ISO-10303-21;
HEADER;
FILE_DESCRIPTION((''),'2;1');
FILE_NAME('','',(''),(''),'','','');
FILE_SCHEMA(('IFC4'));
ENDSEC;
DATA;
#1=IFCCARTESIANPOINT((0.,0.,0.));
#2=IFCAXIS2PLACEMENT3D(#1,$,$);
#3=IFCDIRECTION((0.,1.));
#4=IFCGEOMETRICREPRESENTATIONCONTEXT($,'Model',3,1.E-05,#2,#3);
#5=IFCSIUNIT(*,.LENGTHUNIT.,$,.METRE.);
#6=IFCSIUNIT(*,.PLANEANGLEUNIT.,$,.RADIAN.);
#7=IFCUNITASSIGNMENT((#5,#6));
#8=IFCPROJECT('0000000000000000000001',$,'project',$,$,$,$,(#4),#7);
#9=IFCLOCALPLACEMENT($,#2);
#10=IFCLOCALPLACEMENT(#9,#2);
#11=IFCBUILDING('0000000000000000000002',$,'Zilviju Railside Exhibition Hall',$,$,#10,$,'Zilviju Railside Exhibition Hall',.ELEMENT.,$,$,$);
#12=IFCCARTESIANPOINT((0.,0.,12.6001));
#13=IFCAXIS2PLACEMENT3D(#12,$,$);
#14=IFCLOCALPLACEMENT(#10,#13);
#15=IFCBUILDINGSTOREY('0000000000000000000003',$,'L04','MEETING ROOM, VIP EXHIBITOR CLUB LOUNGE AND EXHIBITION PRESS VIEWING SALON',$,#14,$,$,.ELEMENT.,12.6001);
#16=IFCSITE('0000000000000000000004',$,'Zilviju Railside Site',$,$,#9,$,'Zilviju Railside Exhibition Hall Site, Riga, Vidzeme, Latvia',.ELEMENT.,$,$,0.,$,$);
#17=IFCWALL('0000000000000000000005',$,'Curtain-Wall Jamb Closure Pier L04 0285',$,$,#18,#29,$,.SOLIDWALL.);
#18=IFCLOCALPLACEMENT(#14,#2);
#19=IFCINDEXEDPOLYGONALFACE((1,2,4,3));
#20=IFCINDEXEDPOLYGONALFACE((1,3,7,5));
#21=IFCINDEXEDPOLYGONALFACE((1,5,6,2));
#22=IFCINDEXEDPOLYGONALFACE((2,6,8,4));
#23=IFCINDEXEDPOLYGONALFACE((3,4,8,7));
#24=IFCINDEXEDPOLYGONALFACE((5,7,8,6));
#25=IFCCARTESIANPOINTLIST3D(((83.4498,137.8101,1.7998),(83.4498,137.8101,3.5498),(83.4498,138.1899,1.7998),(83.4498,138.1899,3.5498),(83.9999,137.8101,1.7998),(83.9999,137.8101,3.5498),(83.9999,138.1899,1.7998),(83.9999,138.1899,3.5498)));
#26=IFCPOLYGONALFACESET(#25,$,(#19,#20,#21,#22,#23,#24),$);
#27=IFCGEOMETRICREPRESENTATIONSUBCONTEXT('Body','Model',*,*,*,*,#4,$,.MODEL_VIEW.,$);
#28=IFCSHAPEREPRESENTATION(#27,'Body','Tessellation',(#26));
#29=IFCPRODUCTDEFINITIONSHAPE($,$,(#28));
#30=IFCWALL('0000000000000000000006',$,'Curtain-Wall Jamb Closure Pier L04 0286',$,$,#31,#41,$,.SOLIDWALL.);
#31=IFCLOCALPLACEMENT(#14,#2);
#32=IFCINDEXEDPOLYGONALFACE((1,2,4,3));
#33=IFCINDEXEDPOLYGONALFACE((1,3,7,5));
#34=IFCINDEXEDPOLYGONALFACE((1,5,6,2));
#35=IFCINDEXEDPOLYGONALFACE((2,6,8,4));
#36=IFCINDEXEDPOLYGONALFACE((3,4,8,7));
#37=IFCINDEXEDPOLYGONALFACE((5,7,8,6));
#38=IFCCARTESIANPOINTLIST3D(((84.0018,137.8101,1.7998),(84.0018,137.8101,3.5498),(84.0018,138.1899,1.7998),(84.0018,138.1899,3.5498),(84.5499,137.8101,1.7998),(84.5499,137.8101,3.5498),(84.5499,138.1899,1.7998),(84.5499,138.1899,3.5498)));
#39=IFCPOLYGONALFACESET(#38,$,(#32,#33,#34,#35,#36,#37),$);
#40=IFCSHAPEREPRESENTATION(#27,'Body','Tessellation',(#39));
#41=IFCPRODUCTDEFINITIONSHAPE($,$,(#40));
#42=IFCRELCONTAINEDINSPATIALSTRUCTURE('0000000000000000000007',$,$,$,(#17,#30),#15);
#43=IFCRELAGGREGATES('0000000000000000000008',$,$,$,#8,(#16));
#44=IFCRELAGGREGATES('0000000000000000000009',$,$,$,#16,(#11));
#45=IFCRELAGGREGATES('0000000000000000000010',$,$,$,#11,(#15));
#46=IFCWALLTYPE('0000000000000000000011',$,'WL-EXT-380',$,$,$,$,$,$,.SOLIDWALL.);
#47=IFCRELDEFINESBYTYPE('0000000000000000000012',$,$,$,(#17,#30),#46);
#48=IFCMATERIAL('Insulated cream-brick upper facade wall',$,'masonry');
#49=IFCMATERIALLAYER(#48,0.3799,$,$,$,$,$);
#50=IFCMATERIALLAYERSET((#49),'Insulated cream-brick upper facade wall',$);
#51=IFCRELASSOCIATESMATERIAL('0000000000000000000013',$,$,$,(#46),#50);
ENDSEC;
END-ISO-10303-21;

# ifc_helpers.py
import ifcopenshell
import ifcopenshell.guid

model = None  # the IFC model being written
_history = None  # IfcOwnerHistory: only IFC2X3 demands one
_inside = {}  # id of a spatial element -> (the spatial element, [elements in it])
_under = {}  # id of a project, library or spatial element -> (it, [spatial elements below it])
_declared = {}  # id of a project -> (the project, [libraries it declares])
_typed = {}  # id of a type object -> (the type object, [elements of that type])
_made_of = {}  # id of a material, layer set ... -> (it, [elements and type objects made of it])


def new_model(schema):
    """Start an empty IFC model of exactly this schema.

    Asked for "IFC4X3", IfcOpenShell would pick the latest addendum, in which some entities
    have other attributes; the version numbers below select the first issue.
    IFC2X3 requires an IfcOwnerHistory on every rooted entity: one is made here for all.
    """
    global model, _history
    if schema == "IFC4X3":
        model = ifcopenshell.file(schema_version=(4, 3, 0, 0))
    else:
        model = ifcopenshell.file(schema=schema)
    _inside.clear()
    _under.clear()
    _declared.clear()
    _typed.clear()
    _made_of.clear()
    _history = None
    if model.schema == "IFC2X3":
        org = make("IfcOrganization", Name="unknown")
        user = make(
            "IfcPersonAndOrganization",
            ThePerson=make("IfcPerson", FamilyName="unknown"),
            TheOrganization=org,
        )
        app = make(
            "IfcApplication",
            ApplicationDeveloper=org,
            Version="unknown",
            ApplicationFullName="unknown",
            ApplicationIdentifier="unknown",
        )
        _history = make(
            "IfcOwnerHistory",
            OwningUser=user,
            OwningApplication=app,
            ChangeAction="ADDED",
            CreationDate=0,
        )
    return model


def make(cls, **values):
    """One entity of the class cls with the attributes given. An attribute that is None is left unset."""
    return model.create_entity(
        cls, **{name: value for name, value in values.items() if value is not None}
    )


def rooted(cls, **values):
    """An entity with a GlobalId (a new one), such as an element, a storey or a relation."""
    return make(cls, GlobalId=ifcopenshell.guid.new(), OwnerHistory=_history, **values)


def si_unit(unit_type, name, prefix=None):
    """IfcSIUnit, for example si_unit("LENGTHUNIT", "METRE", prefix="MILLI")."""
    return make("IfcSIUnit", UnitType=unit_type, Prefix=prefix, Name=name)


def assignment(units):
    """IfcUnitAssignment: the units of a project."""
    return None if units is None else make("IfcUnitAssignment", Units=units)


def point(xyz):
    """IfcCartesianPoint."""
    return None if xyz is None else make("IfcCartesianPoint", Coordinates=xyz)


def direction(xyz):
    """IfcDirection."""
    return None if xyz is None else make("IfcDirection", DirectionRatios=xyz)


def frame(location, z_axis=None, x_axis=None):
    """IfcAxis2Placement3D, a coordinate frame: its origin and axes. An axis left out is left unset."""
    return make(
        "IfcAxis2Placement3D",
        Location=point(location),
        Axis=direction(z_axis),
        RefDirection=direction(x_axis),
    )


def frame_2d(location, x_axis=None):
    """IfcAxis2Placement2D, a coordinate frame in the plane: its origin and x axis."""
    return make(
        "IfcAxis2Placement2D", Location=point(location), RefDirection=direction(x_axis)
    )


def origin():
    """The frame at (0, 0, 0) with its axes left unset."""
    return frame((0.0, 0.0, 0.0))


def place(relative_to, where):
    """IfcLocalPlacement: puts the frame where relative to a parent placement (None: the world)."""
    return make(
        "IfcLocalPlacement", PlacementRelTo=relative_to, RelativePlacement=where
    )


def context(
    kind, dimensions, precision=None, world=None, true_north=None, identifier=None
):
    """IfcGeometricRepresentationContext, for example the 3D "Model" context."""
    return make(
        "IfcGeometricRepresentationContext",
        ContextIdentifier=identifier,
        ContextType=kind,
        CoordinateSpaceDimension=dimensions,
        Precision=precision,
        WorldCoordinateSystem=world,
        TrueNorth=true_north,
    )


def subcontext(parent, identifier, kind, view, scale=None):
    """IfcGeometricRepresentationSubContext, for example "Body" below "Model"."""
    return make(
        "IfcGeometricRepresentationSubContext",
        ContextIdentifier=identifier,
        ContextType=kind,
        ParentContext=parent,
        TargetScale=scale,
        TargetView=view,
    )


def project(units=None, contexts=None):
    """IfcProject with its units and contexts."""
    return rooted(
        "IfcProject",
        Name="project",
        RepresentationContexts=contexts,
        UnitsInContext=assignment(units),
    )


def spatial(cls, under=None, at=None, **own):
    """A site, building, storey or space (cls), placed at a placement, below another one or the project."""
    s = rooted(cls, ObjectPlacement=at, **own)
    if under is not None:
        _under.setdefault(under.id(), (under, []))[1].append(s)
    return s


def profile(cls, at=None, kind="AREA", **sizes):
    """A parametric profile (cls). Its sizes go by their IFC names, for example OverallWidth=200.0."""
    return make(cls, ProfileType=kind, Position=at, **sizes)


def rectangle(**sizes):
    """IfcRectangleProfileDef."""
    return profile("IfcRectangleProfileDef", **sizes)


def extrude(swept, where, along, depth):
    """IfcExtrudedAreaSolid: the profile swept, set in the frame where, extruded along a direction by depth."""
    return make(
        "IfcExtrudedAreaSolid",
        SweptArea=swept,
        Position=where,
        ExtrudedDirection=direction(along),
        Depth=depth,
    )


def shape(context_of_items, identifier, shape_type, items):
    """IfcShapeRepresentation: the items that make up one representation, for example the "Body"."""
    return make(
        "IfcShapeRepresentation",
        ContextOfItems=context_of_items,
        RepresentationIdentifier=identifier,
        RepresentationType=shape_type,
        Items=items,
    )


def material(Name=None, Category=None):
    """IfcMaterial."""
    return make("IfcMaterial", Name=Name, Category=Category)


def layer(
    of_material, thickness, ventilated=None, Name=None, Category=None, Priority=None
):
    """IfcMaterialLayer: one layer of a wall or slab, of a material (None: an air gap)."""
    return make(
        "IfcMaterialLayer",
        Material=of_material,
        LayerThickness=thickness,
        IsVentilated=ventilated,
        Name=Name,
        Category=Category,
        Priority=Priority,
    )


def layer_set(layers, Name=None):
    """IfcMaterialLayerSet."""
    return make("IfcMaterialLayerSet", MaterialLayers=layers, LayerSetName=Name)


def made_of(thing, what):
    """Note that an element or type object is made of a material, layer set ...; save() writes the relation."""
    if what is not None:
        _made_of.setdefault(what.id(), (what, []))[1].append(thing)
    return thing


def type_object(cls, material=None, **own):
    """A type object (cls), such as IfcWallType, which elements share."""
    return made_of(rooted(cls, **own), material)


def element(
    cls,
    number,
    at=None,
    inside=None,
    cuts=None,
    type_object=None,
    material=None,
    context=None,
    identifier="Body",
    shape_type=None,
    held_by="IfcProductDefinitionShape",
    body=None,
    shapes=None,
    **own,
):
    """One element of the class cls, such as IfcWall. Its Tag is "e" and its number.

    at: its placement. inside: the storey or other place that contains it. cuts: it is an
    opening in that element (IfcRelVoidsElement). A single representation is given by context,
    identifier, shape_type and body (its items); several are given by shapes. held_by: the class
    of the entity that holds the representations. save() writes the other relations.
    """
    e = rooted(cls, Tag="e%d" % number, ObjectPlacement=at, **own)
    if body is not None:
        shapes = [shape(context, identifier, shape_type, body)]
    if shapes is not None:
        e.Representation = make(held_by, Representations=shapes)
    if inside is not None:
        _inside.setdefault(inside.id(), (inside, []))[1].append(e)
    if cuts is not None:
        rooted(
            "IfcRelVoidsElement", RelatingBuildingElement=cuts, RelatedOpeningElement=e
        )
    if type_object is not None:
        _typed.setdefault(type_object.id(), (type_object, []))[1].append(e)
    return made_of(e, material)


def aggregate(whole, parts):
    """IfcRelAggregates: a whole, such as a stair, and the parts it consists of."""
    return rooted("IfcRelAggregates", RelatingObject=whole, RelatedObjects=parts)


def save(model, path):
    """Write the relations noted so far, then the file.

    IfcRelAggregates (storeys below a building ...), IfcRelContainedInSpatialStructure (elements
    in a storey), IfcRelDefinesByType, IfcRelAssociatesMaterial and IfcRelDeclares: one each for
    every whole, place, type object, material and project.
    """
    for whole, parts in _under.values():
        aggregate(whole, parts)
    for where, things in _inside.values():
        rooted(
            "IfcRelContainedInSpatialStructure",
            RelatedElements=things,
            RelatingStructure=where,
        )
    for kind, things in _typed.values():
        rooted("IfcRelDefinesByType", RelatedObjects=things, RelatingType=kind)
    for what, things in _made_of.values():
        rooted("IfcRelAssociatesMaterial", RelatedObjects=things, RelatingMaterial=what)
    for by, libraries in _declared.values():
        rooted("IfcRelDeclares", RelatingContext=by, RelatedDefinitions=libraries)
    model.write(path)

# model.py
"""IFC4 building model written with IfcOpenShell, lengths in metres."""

from ifc_helpers import new_model, si_unit, direction, frame, frame_2d, origin, place, context, subcontext, project, spatial, rectangle, extrude, material, layer, layer_set, type_object, element, save


model = new_model("IFC4")

# Units and contexts
model_context = context("Model", 3, precision=1e-05, world=origin(), true_north=direction((0.0, 1.0)))
body_context = subcontext(model_context, "Body", "Model", "MODEL_VIEW")
ifc_project = project(units=[si_unit("LENGTHUNIT", "METRE"), si_unit("PLANEANGLEUNIT", "RADIAN")], contexts=[model_context])

# Site, building, storey
site_placement = place(None, origin())
site = spatial("IfcSite", under=ifc_project, at=site_placement, Name="Zilviju Railside Site", LongName="Zilviju Railside Exhibition Hall Site, Riga, Vidzeme, Latvia", CompositionType="ELEMENT", RefElevation=0.0)
building_placement = place(site_placement, origin())
building = spatial("IfcBuilding", under=site, at=building_placement, Name="Zilviju Railside Exhibition Hall", LongName="Zilviju Railside Exhibition Hall", CompositionType="ELEMENT")
storey_placement = place(building_placement, frame((0.0, 0.0, 12.6001)))
storey = spatial("IfcBuildingStorey", under=building, at=storey_placement, Name="L04", Description="MEETING ROOM, VIP EXHIBITOR CLUB LOUNGE AND EXHIBITION PRESS VIEWING SALON", CompositionType="ELEMENT", Elevation=12.6001)

# Walls
ifc_material_1 = material(Name="Insulated cream-brick upper facade wall", Category="masonry")
ifc_layer_1 = layer(ifc_material_1, 0.3799)
ifc_layer_set_1 = layer_set([ifc_layer_1], Name="Insulated cream-brick upper facade wall")
wall_type = type_object("IfcWallType", Name="WL-EXT-380", PredefinedType="SOLIDWALL", material=ifc_layer_set_1)
for number, where, z_axis, x_axis, name in (
    (1, (83.45, 138.0, 1.7998), (0.0, 0.0, 1.0), (1.0, 0.0, 0.0), "Curtain-Wall Jamb Closure Pier L04 0285"),
):
    element("IfcWall", number, at=place(storey_placement, frame(where, z_axis=z_axis, x_axis=x_axis)), inside=storey, type_object=wall_type, Name=name, PredefinedType="SOLIDWALL", context=body_context, shape_type="SweptSolid", body=[
        extrude(rectangle(XDim=0.55, YDim=0.3799, at=frame_2d((0.2749, 0.0))), origin(), (0.0, 0.0, 1.0), 1.75),
    ])
wall_placement = place(storey_placement, frame((84.002, 138.0, 1.7998), z_axis=(0.0, 0.0, 1.0), x_axis=(1.0, 0.0, 0.0)))
element("IfcWall", 2, at=wall_placement, inside=storey, type_object=wall_type, Name="Curtain-Wall Jamb Closure Pier L04 0286", PredefinedType="SOLIDWALL", context=body_context, shape_type="SweptSolid", body=[
    extrude(rectangle(XDim=0.5481, YDim=0.3799, at=frame_2d((0.2739, 0.0))), origin(), (0.0, 0.0, 1.0), 1.75),
])

save(model, "model.ifc")
